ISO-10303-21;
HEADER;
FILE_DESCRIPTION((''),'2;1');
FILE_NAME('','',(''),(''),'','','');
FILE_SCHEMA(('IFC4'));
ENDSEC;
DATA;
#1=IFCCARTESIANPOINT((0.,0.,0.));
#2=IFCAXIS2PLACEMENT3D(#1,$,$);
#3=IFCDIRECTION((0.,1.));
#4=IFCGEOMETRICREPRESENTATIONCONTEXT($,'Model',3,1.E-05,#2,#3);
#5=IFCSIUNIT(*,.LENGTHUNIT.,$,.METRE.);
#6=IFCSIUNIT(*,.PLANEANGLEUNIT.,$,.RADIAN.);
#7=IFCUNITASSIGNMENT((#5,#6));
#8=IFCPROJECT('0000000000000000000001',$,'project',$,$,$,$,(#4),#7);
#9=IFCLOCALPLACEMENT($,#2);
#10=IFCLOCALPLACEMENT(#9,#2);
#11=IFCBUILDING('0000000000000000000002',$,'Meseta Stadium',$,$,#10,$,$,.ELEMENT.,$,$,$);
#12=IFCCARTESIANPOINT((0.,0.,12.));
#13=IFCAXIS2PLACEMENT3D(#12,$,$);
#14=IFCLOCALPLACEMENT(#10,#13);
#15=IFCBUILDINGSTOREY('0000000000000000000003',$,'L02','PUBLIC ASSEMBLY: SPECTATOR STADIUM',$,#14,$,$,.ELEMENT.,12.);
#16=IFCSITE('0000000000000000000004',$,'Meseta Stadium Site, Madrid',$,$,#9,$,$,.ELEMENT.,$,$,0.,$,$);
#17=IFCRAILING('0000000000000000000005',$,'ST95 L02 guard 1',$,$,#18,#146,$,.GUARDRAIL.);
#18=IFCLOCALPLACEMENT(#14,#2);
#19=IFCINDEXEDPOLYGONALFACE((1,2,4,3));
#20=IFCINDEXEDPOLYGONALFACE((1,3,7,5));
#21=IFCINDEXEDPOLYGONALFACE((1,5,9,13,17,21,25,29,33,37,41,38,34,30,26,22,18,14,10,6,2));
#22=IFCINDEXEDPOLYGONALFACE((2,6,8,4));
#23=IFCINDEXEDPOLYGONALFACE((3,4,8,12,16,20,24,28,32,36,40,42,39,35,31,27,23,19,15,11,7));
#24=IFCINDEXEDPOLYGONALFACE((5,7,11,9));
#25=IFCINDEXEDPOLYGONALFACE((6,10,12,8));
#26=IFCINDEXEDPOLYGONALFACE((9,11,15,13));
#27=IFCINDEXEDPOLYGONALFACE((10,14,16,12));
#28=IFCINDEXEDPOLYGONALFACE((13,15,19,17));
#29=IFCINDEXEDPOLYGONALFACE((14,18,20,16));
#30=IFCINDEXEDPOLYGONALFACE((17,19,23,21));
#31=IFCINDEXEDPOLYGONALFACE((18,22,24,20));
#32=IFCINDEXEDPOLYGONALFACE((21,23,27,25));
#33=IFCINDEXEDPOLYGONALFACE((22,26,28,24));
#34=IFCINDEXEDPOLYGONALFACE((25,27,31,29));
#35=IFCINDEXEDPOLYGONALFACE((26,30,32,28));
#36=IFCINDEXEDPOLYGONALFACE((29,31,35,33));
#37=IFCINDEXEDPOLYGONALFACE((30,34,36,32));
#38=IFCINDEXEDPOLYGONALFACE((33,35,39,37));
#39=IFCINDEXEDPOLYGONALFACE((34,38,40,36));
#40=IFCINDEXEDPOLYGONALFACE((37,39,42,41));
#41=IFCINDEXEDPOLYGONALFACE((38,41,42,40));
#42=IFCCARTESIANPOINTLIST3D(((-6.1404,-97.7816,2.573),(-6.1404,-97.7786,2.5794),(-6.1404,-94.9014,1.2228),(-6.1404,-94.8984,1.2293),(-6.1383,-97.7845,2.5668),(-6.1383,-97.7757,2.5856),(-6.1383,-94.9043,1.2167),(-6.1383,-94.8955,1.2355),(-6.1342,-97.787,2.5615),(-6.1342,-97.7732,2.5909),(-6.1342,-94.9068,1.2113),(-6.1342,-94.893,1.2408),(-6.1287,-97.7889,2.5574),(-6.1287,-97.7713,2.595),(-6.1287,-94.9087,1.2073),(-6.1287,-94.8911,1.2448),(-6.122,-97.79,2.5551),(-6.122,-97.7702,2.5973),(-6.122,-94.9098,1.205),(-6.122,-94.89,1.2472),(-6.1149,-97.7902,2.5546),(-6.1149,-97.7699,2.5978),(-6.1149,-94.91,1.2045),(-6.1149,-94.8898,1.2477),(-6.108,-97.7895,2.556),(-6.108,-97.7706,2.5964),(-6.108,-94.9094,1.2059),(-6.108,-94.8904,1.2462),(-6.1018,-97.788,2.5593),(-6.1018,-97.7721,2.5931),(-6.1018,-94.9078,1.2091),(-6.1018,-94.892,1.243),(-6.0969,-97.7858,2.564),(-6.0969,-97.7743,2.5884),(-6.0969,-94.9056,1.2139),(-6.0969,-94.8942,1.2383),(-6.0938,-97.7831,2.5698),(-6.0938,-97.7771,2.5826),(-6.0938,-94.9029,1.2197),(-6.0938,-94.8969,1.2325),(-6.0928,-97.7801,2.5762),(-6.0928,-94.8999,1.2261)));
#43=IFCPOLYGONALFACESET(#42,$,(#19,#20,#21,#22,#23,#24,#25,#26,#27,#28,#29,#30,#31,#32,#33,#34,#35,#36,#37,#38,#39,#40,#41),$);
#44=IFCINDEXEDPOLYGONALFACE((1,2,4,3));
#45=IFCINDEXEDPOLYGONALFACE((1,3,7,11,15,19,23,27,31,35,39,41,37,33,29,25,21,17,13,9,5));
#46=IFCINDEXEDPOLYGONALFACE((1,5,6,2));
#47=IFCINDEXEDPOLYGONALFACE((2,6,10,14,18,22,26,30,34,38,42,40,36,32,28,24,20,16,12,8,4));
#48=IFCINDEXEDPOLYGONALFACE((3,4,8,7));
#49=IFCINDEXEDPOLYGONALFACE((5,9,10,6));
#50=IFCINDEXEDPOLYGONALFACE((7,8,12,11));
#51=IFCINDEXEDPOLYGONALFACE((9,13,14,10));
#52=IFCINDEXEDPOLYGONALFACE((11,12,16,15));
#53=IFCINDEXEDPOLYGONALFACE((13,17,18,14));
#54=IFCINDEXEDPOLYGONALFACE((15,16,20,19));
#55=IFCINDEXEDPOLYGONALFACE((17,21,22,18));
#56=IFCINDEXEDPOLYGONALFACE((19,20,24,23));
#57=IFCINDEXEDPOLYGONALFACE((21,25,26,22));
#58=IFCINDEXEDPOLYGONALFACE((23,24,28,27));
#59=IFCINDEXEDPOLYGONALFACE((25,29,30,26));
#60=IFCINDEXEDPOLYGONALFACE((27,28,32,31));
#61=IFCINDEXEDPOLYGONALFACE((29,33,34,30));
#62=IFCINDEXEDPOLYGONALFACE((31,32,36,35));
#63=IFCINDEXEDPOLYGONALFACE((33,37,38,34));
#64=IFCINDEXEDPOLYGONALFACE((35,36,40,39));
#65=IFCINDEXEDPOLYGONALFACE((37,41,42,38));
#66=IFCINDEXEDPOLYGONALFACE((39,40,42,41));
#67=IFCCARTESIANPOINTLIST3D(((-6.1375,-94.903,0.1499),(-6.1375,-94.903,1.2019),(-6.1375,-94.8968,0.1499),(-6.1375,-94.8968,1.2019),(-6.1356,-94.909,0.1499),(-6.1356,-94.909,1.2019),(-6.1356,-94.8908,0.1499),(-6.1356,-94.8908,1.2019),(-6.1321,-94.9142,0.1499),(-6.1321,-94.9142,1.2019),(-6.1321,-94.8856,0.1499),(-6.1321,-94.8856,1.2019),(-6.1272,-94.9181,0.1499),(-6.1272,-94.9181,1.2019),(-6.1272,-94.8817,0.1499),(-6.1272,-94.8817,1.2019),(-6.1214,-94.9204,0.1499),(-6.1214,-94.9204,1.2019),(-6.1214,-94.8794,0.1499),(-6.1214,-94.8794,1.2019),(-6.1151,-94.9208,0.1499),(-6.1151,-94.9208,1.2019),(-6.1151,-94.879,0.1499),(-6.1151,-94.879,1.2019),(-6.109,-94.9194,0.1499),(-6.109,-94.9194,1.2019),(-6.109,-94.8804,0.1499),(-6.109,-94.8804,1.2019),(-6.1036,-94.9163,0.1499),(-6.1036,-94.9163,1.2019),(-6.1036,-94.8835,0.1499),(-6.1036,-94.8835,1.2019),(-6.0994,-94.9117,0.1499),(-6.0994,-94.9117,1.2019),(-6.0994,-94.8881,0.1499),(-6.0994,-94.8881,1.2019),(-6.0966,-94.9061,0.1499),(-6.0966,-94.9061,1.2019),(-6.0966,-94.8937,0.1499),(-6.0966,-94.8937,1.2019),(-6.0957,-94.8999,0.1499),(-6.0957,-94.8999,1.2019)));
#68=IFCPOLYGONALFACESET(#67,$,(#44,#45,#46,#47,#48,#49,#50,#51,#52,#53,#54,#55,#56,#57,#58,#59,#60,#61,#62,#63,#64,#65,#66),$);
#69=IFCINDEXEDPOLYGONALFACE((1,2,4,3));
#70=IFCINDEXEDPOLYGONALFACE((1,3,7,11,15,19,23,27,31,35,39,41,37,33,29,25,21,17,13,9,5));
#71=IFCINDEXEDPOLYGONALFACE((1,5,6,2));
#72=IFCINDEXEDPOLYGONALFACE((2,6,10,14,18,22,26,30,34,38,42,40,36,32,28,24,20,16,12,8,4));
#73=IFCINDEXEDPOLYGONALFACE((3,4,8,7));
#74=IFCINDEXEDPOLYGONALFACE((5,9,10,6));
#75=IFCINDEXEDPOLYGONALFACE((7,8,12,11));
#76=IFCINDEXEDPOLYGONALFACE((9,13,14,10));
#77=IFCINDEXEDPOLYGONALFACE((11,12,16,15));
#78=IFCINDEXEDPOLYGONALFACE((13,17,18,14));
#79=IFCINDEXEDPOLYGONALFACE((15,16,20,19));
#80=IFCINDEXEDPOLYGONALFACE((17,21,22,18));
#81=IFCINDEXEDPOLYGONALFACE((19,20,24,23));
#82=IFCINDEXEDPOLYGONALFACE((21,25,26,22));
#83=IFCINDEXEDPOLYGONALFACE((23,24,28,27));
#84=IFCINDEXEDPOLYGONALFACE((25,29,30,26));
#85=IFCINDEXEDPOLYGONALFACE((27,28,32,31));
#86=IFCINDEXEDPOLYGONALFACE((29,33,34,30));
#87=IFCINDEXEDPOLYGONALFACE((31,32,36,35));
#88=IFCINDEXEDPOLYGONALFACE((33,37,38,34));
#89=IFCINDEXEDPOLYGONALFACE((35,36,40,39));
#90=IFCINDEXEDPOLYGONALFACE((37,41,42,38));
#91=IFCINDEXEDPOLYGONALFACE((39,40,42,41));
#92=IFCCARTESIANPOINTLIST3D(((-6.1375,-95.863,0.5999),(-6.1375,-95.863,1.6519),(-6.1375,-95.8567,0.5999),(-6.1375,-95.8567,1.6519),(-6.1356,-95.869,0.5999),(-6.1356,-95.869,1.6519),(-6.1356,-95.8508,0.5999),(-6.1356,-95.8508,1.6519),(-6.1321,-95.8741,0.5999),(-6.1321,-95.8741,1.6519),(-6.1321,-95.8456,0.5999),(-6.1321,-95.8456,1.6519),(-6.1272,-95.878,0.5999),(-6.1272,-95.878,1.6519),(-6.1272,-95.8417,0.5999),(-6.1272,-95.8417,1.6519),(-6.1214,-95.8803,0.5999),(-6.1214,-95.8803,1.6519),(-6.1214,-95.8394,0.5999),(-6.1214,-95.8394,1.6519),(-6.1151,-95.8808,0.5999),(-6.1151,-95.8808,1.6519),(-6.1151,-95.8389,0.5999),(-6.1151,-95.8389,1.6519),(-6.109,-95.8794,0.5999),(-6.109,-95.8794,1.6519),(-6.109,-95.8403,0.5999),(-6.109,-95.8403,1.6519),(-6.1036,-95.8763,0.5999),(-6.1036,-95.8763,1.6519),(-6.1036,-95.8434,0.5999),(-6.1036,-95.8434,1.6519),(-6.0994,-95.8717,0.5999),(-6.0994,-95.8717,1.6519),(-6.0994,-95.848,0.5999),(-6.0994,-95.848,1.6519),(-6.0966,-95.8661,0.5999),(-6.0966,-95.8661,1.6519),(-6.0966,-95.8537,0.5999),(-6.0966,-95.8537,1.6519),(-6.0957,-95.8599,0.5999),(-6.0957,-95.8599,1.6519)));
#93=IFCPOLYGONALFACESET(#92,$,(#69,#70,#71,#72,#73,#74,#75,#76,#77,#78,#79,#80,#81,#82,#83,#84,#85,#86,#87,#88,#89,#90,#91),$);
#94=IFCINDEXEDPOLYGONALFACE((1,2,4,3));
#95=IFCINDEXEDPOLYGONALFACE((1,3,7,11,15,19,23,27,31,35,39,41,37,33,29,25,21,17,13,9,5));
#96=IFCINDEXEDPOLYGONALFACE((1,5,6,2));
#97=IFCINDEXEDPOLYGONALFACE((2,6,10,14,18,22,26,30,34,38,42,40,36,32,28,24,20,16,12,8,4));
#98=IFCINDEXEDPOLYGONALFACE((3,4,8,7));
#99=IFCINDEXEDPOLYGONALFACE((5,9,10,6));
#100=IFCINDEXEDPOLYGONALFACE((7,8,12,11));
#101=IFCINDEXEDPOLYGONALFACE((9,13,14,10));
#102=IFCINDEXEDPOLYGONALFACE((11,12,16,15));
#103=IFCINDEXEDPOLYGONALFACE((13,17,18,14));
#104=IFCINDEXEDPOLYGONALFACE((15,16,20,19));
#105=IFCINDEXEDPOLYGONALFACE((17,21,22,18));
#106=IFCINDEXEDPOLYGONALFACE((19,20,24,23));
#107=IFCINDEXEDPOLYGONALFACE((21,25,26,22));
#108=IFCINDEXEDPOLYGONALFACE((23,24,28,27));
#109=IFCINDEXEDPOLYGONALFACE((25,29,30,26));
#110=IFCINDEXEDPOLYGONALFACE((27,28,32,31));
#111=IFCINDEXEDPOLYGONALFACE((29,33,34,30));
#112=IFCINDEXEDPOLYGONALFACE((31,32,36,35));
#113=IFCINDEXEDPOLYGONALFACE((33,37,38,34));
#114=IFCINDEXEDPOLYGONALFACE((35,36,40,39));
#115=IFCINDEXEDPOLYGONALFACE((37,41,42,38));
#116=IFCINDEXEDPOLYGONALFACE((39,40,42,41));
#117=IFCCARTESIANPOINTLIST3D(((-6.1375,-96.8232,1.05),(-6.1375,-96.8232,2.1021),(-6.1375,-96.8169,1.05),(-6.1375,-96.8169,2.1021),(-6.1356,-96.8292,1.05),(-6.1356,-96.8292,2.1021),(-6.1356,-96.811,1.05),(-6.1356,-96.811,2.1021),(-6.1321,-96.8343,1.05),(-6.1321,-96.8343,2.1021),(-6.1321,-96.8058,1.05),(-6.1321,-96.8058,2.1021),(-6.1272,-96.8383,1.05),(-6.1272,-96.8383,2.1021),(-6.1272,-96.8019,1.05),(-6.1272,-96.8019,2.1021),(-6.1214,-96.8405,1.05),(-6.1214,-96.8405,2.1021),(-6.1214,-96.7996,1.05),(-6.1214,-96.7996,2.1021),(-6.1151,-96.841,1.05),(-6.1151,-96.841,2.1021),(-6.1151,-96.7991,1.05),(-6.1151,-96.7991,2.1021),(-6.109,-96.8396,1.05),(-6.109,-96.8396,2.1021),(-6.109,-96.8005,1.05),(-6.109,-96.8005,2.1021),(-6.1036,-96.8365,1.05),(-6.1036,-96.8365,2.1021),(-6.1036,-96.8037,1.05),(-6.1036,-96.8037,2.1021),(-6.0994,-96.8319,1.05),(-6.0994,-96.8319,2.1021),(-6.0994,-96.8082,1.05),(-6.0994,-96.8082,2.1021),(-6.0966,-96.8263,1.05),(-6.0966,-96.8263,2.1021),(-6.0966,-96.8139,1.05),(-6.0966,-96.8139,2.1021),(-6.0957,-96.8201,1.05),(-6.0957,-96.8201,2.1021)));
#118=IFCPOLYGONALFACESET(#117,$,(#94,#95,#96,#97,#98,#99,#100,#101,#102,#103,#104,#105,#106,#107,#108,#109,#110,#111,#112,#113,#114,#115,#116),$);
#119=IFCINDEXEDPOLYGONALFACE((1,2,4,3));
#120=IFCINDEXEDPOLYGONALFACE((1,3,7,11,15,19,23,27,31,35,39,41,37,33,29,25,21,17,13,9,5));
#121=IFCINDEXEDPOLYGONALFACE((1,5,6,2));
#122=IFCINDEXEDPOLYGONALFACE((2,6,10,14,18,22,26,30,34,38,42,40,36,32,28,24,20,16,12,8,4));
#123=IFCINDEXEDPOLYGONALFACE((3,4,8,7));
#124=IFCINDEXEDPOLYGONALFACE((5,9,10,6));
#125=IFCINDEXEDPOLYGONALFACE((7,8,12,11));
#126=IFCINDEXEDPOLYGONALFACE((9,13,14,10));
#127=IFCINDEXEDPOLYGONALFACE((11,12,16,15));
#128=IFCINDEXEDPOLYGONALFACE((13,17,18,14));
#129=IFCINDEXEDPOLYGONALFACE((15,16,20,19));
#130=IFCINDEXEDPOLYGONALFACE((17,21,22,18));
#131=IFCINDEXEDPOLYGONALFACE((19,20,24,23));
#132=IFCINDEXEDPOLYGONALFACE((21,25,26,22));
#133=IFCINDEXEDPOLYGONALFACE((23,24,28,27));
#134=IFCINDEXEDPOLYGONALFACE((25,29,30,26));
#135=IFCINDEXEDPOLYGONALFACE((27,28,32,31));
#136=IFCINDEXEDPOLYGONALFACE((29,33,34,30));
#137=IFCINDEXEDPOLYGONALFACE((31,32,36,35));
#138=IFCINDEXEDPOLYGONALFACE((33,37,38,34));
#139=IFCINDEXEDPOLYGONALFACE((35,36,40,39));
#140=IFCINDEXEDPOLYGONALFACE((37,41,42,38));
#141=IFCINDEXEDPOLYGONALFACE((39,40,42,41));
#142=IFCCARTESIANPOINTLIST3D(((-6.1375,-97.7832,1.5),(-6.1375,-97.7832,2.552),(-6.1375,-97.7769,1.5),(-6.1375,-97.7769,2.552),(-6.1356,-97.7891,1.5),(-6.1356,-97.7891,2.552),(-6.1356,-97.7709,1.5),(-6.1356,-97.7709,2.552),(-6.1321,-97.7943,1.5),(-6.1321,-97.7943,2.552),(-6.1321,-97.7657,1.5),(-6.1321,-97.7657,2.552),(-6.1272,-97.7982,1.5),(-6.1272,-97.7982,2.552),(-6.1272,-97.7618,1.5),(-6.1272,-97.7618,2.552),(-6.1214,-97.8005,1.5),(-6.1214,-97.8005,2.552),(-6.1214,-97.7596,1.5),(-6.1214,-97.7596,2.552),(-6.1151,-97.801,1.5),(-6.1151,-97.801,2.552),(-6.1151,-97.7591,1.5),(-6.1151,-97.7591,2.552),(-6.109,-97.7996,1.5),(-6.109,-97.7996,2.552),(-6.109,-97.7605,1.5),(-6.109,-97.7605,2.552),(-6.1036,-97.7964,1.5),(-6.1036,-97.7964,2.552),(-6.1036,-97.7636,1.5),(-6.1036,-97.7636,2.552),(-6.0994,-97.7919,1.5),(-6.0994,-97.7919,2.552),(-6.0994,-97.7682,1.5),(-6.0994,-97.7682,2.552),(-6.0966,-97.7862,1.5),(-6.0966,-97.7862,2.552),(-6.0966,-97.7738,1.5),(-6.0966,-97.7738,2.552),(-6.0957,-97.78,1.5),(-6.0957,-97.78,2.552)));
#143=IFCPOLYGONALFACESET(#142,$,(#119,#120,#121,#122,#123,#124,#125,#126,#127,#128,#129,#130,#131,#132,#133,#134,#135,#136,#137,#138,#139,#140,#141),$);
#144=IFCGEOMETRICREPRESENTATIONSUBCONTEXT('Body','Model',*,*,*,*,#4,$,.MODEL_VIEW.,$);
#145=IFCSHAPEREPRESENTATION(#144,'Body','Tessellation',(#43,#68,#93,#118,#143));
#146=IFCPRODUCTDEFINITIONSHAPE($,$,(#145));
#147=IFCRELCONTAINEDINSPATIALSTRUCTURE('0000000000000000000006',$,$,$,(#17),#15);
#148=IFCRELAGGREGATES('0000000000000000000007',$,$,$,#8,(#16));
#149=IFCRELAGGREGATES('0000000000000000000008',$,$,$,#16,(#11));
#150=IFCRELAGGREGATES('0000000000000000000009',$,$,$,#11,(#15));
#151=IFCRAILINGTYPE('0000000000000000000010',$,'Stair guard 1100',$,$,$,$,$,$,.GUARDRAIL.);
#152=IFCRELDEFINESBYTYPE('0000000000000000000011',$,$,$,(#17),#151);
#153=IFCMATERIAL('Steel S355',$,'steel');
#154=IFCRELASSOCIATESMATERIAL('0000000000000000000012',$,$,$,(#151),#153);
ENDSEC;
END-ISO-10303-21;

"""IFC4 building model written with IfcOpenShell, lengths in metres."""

from ifc_helpers import new_model, si_unit, direction, frame, origin, origin_2d, place, context, subcontext, project, spatial, circle, extrude, material, type_object, element, save


model = new_model("IFC4")

# Units and contexts
model_context = context("Model", 3, precision=1e-05, world=origin(), true_north=direction((0.0, 1.0)))
body_context = subcontext(model_context, "Body", "Model", "MODEL_VIEW")
ifc_project = project(units=[si_unit("LENGTHUNIT", "METRE"), si_unit("PLANEANGLEUNIT", "RADIAN")], contexts=[model_context])

# Site, building, storey
site_placement = place(None, origin())
site = spatial("IfcSite", under=ifc_project, at=site_placement, Name="Meseta Stadium Site, Madrid", CompositionType="ELEMENT", RefElevation=0.0)
building_placement = place(site_placement, origin())
building = spatial("IfcBuilding", under=site, at=building_placement, Name="Meseta Stadium", CompositionType="ELEMENT")
storey_placement = place(building_placement, frame((0.0, 0.0, 12.0)))
storey = spatial("IfcBuildingStorey", under=building, at=storey_placement, Name="L02", Description="PUBLIC ASSEMBLY: SPECTATOR STADIUM", CompositionType="ELEMENT", Elevation=12.0)

# Railing
ifc_material_1 = material(Name="Steel S355", Category="steel")
railing_type_1 = type_object("IfcRailingType", Name="Stair guard 1100", PredefinedType="GUARDRAIL", material=ifc_material_1)
railing_1_placement = place(storey_placement, frame((-6.1167, -94.8999, 0.1499)))
element("IfcRailing", 1, at=railing_1_placement, inside=storey, type_object=railing_type_1, Name="ST95 L02 guard 1", PredefinedType="GUARDRAIL", context=body_context, shape_type="SweptSolid", body=[
    extrude(circle(Radius=0.0239, at=origin_2d()), frame((0.0, 0.0, 1.0762), z_axis=(0.0, -0.905454, 0.424444), x_axis=(1.0, 0.0, 0.0)), (0.0, 0.0, 1.0), 3.1809),
    extrude(circle(Radius=0.021, at=origin_2d()), origin(), (0.0, 0.0, 1.0), 1.052),
    extrude(circle(Radius=0.021, at=origin_2d()), frame((0.0, -0.96, 0.45)), (0.0, 0.0, 1.0), 1.052),
    extrude(circle(Radius=0.021, at=origin_2d()), frame((0.0, -1.9202, 0.9001)), (0.0, 0.0, 1.0), 1.052),
    extrude(circle(Radius=0.021, at=origin_2d()), frame((0.0, -2.8801, 1.3501)), (0.0, 0.0, 1.0), 1.052),
])

save(model, "model.ifc")
